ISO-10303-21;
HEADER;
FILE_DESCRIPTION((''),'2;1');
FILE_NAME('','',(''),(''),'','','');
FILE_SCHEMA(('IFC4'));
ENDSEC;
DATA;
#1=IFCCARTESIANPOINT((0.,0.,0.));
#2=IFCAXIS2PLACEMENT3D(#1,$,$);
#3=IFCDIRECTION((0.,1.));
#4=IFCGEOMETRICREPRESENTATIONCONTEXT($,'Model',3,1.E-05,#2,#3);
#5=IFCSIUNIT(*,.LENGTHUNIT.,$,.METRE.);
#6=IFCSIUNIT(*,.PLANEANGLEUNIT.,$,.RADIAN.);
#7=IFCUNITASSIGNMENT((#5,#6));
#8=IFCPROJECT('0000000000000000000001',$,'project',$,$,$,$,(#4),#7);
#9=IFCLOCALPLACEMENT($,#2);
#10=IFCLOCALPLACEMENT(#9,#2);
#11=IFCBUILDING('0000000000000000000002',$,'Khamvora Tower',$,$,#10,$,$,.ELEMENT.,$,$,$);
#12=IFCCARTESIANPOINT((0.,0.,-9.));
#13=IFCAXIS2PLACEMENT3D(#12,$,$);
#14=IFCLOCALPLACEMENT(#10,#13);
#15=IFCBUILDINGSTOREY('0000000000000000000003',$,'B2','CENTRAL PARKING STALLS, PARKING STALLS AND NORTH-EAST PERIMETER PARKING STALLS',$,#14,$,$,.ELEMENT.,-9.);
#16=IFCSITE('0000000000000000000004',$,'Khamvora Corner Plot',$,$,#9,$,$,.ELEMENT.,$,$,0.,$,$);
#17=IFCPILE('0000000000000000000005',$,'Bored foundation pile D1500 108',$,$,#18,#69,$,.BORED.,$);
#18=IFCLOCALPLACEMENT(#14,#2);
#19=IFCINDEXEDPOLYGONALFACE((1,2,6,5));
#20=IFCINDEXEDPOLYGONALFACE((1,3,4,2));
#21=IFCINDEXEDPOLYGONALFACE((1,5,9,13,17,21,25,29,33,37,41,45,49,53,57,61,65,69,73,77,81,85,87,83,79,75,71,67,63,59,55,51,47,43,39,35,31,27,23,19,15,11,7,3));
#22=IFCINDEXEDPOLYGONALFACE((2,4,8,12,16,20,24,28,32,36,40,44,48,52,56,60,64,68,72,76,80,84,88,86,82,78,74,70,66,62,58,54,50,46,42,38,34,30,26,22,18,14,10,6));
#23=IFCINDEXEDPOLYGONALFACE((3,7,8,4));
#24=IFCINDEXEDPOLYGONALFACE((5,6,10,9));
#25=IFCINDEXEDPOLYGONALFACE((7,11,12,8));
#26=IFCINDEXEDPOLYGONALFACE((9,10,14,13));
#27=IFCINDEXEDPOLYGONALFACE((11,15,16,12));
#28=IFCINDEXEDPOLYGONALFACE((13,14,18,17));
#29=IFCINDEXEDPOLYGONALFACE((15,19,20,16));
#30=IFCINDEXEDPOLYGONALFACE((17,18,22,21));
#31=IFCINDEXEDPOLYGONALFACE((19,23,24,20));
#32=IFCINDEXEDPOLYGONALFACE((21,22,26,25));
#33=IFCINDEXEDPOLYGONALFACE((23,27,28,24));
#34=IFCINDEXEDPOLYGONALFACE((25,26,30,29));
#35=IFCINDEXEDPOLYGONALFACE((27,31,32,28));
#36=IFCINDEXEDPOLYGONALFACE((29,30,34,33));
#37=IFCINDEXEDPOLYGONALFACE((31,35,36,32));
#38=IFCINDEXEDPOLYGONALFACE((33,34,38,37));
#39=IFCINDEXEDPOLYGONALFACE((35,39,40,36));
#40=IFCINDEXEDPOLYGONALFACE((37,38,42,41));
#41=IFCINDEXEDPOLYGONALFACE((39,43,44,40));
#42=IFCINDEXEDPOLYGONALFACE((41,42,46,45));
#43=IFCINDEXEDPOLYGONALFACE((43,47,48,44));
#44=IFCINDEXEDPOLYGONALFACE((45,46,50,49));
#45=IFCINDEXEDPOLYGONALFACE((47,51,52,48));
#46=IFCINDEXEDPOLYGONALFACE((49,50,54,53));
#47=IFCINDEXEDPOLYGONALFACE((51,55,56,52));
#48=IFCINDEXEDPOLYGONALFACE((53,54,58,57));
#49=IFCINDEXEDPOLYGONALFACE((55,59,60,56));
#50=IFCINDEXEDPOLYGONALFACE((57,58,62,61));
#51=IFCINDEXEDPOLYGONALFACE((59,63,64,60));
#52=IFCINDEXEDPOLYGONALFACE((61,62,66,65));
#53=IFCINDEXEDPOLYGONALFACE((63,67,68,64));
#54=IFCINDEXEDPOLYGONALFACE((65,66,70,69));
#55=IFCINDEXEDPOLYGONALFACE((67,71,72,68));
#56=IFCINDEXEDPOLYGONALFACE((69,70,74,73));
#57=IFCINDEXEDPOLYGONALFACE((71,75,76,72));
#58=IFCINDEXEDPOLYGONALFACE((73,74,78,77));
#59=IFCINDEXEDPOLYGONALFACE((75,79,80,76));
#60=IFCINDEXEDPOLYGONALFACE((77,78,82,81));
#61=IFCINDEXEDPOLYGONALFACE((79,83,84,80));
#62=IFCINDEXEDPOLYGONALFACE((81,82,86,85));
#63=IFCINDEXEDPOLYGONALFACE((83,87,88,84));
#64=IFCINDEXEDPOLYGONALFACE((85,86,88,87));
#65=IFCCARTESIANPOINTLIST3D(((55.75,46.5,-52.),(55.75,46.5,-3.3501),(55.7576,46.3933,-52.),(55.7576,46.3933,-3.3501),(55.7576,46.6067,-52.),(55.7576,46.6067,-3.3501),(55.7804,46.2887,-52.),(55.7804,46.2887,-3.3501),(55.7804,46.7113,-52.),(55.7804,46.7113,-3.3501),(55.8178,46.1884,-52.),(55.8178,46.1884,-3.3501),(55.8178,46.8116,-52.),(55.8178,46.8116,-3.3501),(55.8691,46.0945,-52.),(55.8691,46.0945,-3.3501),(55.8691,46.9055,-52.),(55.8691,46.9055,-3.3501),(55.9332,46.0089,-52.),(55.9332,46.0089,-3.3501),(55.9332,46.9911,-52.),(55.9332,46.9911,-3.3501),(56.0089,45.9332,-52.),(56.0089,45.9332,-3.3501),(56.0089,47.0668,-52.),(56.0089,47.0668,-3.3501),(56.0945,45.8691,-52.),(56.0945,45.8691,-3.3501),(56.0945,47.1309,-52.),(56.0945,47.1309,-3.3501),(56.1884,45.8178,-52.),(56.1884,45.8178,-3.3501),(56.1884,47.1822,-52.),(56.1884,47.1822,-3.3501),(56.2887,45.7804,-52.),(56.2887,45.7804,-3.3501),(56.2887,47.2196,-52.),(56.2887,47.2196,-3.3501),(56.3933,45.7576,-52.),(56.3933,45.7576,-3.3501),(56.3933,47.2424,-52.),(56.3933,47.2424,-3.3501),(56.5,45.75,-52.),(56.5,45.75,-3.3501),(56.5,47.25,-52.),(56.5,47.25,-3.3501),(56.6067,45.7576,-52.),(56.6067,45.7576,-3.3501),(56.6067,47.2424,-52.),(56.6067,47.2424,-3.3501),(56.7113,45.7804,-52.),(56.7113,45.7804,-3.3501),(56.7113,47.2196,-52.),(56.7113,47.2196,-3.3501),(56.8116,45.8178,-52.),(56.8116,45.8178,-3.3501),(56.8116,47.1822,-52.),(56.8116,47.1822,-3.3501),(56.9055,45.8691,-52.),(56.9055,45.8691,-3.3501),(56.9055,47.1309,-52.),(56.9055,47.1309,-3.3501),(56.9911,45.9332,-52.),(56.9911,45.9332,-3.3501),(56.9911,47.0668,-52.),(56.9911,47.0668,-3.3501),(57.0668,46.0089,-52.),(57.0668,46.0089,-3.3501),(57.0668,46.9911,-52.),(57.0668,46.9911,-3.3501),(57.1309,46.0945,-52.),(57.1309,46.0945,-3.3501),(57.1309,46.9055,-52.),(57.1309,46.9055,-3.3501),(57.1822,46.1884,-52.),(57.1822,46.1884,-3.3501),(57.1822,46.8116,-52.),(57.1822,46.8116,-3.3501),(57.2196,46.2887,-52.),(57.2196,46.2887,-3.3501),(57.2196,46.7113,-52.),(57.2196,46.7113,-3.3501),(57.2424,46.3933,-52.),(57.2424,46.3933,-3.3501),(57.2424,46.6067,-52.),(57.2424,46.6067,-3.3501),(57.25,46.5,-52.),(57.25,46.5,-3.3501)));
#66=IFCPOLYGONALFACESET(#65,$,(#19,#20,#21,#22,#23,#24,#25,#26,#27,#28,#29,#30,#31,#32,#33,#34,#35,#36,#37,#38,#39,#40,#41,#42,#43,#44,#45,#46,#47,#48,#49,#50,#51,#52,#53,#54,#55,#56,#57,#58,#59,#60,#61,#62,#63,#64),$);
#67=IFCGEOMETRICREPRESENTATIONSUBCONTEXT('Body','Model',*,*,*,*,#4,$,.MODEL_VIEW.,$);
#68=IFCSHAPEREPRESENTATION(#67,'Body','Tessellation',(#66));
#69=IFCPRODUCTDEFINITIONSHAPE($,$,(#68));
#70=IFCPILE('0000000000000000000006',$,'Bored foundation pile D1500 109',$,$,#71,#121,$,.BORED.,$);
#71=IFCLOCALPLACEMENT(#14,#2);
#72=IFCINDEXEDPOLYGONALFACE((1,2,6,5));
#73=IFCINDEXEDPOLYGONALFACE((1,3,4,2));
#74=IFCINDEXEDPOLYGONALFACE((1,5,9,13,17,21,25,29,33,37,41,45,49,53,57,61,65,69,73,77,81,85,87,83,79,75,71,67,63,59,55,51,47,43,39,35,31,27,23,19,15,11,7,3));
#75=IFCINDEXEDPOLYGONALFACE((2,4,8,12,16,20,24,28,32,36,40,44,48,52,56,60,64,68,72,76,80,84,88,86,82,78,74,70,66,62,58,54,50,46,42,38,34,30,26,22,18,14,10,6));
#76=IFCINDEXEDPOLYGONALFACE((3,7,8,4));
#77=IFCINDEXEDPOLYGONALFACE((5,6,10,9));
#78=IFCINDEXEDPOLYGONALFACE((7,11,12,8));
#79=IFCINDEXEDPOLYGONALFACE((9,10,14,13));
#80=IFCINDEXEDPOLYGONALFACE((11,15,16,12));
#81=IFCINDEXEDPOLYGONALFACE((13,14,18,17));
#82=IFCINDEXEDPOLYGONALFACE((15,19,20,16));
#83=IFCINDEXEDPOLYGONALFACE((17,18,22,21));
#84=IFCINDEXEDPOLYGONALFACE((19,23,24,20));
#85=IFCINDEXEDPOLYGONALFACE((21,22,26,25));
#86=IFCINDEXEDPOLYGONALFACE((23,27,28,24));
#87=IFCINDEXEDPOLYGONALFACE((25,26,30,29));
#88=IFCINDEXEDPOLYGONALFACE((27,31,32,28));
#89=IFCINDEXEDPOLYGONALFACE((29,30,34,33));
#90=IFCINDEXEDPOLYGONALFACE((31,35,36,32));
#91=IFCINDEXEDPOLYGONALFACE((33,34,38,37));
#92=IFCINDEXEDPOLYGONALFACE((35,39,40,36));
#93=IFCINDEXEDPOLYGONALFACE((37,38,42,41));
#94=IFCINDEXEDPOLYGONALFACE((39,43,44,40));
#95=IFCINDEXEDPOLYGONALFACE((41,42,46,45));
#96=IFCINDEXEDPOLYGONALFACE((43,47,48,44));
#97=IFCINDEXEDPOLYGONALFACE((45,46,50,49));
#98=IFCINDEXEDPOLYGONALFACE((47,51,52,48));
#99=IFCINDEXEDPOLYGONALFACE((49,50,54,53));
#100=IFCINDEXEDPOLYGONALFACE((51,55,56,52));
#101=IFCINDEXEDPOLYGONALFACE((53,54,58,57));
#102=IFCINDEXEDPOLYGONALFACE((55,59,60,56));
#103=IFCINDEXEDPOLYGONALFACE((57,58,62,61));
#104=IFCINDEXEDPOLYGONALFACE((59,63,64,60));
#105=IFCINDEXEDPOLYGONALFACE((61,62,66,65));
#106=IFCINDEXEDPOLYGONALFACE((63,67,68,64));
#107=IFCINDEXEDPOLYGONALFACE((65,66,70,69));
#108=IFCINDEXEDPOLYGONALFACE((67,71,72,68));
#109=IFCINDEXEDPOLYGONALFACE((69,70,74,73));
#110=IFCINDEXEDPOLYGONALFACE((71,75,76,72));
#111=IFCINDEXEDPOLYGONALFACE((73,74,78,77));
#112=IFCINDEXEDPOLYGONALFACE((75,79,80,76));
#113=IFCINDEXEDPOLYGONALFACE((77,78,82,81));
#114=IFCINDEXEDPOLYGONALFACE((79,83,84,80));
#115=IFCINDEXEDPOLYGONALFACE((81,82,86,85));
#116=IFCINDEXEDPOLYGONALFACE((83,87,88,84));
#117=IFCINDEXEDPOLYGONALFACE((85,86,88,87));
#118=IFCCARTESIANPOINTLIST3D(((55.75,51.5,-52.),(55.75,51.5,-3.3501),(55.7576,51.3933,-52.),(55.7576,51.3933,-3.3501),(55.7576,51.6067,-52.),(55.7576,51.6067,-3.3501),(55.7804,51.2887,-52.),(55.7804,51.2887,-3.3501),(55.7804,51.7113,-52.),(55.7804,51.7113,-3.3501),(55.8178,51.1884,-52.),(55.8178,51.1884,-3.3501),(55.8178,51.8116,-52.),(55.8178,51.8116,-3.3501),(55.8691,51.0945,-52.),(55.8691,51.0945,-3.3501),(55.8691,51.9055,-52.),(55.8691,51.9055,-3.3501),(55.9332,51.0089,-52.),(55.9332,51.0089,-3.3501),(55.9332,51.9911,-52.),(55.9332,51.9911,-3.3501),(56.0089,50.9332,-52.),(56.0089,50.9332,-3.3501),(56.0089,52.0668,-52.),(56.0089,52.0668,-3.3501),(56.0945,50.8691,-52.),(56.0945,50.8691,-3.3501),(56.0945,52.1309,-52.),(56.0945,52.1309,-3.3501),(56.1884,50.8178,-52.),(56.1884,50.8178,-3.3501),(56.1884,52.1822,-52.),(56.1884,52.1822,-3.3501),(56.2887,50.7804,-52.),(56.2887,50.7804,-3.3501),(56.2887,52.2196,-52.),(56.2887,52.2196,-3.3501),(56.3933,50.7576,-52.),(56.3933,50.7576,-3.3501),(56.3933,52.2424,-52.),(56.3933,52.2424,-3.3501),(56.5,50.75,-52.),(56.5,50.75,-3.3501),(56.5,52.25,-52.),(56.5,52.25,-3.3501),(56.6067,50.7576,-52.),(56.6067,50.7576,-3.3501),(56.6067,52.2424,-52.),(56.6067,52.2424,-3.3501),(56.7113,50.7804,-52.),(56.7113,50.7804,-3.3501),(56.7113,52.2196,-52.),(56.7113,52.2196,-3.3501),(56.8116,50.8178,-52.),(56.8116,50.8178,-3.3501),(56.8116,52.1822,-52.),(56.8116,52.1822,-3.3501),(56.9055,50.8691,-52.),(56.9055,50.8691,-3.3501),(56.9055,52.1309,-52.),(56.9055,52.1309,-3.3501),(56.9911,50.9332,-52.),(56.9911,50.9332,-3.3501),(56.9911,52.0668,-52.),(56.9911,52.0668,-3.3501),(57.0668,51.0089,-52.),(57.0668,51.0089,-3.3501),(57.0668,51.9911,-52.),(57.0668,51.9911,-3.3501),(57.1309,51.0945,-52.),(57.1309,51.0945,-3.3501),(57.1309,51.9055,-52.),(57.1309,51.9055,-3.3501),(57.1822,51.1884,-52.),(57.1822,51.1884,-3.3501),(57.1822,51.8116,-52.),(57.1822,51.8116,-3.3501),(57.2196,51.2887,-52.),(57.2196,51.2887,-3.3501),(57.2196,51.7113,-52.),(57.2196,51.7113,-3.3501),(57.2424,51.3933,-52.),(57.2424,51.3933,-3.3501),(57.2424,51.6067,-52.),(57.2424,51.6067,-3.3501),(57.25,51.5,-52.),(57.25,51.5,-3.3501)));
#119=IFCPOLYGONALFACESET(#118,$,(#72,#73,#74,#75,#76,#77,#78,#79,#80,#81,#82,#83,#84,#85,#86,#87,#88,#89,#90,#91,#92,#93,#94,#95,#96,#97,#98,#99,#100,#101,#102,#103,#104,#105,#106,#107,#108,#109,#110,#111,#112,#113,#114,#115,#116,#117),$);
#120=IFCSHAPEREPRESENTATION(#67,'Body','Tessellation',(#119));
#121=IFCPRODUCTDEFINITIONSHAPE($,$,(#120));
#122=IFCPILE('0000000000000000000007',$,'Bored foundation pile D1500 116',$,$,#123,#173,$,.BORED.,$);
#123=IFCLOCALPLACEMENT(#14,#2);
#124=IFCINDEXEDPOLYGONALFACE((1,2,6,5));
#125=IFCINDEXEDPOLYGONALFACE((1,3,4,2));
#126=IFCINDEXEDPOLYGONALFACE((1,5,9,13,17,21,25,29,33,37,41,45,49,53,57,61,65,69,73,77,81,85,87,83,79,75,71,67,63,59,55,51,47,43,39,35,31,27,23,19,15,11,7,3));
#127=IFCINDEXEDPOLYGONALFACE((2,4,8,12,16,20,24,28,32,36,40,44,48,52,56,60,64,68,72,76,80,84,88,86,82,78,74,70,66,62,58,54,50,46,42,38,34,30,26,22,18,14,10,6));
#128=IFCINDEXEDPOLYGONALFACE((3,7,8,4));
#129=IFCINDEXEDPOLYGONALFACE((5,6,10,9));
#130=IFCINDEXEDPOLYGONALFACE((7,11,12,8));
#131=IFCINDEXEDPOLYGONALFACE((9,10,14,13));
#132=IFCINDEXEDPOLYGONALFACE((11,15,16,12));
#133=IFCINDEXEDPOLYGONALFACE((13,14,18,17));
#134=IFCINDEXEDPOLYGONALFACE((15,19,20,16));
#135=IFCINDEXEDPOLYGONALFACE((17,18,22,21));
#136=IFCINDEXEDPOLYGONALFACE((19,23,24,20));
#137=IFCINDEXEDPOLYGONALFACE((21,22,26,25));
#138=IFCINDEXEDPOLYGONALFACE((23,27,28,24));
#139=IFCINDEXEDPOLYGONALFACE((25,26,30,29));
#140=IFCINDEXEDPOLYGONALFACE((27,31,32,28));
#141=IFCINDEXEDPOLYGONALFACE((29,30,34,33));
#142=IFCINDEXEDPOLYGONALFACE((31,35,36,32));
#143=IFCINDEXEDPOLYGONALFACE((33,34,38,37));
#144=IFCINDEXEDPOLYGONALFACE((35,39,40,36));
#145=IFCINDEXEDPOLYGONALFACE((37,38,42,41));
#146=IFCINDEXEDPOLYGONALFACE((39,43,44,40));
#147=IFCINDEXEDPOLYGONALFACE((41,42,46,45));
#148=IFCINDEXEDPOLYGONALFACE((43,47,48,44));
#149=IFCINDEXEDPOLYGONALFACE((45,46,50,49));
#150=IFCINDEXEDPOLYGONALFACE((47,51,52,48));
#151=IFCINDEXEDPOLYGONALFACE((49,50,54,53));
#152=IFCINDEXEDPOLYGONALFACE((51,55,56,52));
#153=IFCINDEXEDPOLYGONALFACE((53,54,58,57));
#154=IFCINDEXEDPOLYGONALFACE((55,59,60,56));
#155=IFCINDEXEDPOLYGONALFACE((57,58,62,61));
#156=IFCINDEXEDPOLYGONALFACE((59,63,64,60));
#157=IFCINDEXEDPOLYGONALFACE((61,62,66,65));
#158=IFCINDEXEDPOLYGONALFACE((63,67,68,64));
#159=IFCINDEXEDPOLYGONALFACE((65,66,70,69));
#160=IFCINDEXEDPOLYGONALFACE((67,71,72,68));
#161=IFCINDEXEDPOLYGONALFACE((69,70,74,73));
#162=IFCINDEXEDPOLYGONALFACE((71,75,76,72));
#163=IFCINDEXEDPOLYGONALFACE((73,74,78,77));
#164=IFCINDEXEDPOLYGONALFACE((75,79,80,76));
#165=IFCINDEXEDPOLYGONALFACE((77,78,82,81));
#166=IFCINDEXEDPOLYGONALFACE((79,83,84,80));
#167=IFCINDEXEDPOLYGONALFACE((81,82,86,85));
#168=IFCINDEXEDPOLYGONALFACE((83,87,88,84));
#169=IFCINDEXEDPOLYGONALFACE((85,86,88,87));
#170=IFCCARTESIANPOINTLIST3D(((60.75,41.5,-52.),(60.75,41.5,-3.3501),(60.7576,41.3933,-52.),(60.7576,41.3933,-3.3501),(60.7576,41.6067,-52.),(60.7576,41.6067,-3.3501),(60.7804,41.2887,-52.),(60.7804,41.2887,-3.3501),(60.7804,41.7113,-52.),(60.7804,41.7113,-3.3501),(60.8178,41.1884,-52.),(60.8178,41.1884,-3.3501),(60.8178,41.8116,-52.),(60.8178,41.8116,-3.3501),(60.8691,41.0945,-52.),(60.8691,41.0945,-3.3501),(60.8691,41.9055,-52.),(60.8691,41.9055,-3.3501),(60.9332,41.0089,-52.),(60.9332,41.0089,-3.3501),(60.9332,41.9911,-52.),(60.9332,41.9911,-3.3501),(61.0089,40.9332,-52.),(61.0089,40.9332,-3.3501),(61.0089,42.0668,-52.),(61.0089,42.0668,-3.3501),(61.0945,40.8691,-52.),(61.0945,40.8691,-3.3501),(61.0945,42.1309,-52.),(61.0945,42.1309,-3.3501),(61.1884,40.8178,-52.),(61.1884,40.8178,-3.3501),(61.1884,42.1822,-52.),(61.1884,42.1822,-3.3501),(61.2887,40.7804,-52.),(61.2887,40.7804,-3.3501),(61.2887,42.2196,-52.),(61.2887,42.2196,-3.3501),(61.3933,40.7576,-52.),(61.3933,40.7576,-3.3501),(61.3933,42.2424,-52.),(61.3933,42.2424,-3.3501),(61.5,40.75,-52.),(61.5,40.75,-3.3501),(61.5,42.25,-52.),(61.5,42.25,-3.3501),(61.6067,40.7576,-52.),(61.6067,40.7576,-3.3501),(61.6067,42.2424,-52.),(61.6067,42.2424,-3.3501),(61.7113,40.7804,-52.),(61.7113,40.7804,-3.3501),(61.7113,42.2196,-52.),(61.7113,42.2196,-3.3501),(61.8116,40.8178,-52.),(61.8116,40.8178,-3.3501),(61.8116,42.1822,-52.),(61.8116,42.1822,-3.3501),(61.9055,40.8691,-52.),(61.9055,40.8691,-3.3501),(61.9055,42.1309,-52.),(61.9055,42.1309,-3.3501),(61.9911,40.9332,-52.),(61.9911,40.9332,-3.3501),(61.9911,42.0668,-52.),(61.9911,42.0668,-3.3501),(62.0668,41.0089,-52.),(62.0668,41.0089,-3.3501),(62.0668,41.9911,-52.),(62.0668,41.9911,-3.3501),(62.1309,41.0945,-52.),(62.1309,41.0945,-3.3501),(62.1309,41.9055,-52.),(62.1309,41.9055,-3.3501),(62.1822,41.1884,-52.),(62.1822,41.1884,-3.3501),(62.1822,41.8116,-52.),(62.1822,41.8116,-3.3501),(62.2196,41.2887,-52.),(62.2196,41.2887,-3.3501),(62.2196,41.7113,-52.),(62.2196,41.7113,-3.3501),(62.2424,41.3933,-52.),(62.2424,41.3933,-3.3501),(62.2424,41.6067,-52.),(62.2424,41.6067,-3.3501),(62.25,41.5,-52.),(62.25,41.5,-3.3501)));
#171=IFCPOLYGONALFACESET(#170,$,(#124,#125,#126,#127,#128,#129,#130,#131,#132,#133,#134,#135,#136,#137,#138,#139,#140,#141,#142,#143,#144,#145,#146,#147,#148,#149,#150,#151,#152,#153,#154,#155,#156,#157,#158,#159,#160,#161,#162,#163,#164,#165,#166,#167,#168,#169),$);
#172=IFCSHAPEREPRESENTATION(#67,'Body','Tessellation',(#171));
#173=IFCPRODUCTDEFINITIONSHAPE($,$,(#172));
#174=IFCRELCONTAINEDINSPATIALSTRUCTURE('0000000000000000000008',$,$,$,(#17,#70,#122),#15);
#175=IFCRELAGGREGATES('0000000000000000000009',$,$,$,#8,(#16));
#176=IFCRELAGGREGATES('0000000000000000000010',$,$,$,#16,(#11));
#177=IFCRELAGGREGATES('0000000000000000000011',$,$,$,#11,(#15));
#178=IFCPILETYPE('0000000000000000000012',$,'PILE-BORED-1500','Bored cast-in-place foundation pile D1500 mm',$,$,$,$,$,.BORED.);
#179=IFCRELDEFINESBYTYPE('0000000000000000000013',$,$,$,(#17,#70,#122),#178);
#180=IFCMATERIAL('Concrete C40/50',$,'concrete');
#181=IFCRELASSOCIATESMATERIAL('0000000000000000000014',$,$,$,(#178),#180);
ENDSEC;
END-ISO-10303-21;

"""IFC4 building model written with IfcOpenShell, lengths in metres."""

from ifc_helpers import new_model, si_unit, direction, frame, origin, origin_2d, place, context, subcontext, project, spatial, circle, extrude, material, material_profile, profile_set, type_object, element, save


model = new_model("IFC4")

# Units and contexts
model_context = context("Model", 3, precision=1e-05, world=origin(), true_north=direction((0.0, 1.0)))
body_context = subcontext(model_context, "Body", "Model", "MODEL_VIEW")
ifc_project = project(units=[si_unit("LENGTHUNIT", "METRE"), si_unit("PLANEANGLEUNIT", "RADIAN")], contexts=[model_context])

# Site, building, storey
site_placement = place(None, origin())
site = spatial("IfcSite", under=ifc_project, at=site_placement, Name="Khamvora Corner Plot", CompositionType="ELEMENT", RefElevation=0.0)
building_placement = place(site_placement, origin())
building = spatial("IfcBuilding", under=site, at=building_placement, Name="Khamvora Tower", CompositionType="ELEMENT")
storey_placement = place(building_placement, frame((0.0, 0.0, -9.0)))
storey = spatial("IfcBuildingStorey", under=building, at=storey_placement, Name="B2", Description="CENTRAL PARKING STALLS, PARKING STALLS AND NORTH-EAST PERIMETER PARKING STALLS", CompositionType="ELEMENT", Elevation=-9.0)

# Piles
ifc_material_1 = material(Name="Concrete C40/50", Category="concrete")
ifc_material_profile_1 = material_profile(ifc_material_1, circle(Radius=0.75, at=origin_2d()), Name="PILE_D1500")
ifc_profile_set_1 = profile_set([ifc_material_profile_1], Name="Concrete C40/50")
pile_type_1 = type_object("IfcPileType", Name="PILE-BORED-1500", Description="Bored cast-in-place foundation pile D1500 mm", PredefinedType="BORED", material=ifc_profile_set_1)
for number, where, z_axis, x_axis, name in (
    (1, (56.5, 46.5, -3.3501), (0.0, 0.0, -1.0), (1.0, 0.0, 0.0), "Bored foundation pile D1500 108"),
    (2, (56.5, 51.5, -3.3501), (0.0, 0.0, -1.0), (1.0, 0.0, 0.0), "Bored foundation pile D1500 109"),
    (3, (61.5, 41.5, -3.3501), (0.0, 0.0, -1.0), (1.0, 0.0, 0.0), "Bored foundation pile D1500 116"),
):
    element("IfcPile", number, at=place(storey_placement, frame(where, z_axis=z_axis, x_axis=x_axis)), inside=storey, type_object=pile_type_1, Name=name, PredefinedType="BORED", context=body_context, shape_type="SweptSolid", body=[
        extrude(circle(Radius=0.75, at=origin_2d()), origin(), (0.0, 0.0, 1.0), 48.6499),
    ])

save(model, "model.ifc")
